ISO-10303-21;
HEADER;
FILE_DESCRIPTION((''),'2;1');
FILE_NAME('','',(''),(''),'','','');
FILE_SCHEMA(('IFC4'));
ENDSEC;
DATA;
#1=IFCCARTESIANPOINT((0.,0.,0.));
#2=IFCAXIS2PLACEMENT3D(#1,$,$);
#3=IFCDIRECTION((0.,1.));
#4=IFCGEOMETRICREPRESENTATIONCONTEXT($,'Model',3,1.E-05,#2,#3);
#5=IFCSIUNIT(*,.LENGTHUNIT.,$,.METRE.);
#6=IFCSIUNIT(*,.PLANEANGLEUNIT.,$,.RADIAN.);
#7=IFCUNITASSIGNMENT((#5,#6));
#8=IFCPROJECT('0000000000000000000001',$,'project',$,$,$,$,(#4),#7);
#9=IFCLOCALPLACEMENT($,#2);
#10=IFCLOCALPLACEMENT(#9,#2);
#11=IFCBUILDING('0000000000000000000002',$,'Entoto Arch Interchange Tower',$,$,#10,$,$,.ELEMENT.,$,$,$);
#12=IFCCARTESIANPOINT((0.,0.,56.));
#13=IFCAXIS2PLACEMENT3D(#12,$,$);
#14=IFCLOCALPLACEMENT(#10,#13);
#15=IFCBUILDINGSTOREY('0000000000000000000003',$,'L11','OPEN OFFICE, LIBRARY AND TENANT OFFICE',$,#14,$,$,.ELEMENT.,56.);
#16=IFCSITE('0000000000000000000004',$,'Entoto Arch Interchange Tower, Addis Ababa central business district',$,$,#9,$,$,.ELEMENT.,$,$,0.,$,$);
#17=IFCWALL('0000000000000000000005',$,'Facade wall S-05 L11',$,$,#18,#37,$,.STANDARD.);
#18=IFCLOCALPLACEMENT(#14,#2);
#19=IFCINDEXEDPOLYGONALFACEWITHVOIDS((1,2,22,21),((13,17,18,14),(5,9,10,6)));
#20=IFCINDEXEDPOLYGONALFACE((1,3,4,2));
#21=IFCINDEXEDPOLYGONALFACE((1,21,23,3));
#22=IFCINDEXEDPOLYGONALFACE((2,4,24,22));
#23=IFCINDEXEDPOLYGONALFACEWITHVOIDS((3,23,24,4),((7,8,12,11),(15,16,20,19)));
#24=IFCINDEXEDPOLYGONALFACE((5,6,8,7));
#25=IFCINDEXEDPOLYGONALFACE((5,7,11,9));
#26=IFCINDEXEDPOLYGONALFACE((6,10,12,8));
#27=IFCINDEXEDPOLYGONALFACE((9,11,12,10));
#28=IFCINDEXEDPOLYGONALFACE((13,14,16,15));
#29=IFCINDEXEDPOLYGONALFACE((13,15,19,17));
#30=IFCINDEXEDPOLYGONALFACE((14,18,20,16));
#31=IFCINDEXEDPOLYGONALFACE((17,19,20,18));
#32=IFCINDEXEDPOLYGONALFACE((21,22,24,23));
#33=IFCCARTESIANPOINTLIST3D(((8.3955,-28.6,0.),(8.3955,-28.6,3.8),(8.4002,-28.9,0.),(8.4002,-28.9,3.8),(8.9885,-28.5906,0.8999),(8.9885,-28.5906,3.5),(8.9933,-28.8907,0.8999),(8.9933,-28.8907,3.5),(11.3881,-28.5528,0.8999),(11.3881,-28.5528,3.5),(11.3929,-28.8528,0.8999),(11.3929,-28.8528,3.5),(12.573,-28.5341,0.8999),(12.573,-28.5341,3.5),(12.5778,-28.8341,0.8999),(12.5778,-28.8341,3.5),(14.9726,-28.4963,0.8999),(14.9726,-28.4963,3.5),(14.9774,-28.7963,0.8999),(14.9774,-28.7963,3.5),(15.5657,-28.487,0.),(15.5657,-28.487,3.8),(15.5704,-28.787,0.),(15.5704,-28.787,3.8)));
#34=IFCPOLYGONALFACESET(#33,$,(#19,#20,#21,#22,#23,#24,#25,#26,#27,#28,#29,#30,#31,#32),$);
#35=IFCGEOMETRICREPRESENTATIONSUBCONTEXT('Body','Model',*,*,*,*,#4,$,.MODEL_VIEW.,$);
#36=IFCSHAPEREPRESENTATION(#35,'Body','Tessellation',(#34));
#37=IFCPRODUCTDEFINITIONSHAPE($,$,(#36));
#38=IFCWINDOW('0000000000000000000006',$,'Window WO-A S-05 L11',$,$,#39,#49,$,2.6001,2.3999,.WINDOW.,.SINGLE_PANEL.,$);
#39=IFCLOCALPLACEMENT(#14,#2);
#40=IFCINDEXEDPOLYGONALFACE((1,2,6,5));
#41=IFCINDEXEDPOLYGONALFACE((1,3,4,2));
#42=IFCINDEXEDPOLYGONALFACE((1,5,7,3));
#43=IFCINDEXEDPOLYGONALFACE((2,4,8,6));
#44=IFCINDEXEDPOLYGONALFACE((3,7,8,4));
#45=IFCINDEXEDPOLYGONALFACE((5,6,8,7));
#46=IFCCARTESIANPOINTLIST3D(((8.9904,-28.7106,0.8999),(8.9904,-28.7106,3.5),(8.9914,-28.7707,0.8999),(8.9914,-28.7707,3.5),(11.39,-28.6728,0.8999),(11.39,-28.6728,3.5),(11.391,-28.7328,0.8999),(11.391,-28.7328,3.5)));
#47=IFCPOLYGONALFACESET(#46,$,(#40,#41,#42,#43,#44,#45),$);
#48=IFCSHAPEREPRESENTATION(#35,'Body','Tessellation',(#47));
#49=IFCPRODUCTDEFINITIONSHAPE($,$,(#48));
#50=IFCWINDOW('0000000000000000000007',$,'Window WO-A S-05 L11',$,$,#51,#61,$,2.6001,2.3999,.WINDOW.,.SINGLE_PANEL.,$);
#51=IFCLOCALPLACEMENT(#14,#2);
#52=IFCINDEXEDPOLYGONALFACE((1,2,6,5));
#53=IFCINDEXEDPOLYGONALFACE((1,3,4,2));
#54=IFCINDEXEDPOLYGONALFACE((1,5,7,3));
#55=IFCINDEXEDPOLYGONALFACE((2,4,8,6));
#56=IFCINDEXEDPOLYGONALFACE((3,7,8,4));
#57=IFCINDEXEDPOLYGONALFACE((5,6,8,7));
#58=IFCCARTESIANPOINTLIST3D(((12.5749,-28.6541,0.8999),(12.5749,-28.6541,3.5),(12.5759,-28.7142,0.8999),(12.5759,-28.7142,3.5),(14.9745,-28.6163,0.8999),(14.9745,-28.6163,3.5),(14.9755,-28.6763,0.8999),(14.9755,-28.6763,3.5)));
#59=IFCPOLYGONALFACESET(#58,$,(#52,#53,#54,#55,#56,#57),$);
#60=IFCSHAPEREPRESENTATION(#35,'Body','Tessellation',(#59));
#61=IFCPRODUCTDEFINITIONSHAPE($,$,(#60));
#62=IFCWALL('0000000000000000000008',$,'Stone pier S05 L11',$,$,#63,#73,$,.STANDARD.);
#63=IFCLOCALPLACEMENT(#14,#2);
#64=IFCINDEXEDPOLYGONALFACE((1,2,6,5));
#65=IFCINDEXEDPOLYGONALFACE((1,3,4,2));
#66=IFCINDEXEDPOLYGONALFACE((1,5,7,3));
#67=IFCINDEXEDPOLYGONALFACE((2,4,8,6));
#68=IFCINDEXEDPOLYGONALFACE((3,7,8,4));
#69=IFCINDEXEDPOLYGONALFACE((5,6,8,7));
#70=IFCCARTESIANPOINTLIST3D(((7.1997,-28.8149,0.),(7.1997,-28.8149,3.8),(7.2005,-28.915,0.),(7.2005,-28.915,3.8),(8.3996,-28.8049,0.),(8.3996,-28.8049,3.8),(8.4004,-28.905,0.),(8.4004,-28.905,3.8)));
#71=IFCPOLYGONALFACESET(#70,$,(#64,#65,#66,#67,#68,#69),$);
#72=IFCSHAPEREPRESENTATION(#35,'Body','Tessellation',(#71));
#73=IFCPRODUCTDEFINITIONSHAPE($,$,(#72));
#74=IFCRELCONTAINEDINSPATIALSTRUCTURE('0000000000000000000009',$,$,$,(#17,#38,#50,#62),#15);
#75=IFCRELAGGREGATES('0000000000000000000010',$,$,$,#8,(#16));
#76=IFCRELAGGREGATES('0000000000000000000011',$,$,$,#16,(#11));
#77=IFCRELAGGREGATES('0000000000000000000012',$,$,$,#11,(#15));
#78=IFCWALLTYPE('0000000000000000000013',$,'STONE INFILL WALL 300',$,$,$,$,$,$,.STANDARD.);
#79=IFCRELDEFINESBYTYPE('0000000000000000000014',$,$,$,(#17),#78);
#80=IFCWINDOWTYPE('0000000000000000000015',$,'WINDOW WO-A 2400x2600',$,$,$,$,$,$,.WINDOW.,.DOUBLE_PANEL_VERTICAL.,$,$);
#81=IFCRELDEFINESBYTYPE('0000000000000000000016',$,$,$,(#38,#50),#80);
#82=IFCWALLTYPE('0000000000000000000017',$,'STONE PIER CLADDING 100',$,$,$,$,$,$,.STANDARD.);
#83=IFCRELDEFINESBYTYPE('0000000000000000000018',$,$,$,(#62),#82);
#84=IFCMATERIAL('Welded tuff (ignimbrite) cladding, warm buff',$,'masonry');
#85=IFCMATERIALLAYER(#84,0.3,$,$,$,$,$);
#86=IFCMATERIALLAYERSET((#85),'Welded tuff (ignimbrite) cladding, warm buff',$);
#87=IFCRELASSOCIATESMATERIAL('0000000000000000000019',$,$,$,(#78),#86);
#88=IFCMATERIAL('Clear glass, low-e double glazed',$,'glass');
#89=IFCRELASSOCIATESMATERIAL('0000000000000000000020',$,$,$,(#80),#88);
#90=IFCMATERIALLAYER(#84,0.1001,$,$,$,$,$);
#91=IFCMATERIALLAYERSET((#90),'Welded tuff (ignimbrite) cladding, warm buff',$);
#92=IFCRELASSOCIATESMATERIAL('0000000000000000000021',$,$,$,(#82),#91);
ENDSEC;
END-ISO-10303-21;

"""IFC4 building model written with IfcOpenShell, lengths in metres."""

from ifc_helpers import new_model, si_unit, direction, frame, frame_2d, origin, place, context, subcontext, project, spatial, rectangle, extrude, material, layer, layer_set, type_object, element, fill, save


model = new_model("IFC4")

# Units and contexts
model_context = context("Model", 3, precision=1e-05, world=origin(), true_north=direction((0.0, 1.0)))
body_context = subcontext(model_context, "Body", "Model", "MODEL_VIEW")
ifc_project = project(units=[si_unit("LENGTHUNIT", "METRE"), si_unit("PLANEANGLEUNIT", "RADIAN")], contexts=[model_context])

# Site, building, storey
site_placement = place(None, origin())
site = spatial("IfcSite", under=ifc_project, at=site_placement, Name="Entoto Arch Interchange Tower, Addis Ababa central business district", CompositionType="ELEMENT", RefElevation=0.0)
building_placement = place(site_placement, origin())
building = spatial("IfcBuilding", under=site, at=building_placement, Name="Entoto Arch Interchange Tower", CompositionType="ELEMENT")
storey_placement = place(building_placement, frame((0.0, 0.0, 56.0)))
storey = spatial("IfcBuildingStorey", under=building, at=storey_placement, Name="L11", Description="OPEN OFFICE, LIBRARY AND TENANT OFFICE", CompositionType="ELEMENT", Elevation=56.0)

# Shared definitions
ifc_material_1 = material(Name="Clear glass, low-e double glazed", Category="glass")

# Wall, openings, windows
ifc_material_2 = material(Name="Welded tuff (ignimbrite) cladding, warm buff", Category="masonry")
ifc_layer_1 = layer(ifc_material_2, 0.3)
ifc_layer_set_1 = layer_set([ifc_layer_1], Name="Welded tuff (ignimbrite) cladding, warm buff")
wall_type_1 = type_object("IfcWallType", Name="STONE INFILL WALL 300", PredefinedType="STANDARD", material=ifc_layer_set_1)
wall_1_placement = place(storey_placement, frame((8.3979, -28.75, 0.0), z_axis=(0.0, 0.0, 1.0), x_axis=(0.999876, 0.015763, 0.0)))
wall_1 = element("IfcWall", 1, at=wall_1_placement, inside=storey, type_object=wall_type_1, Name="Facade wall S-05 L11", PredefinedType="STANDARD", context=body_context, shape_type="SweptSolid", body=[
    extrude(rectangle(XDim=7.1711, YDim=0.3, at=frame_2d((3.5854, 0.0))), origin(), (0.0, 0.0, 1.0), 3.8),
])
opening_1_placement = place(wall_1_placement, frame((0.593, 0.0, 0.8999)))
opening_1 = element("IfcOpeningElement", 2, at=opening_1_placement, cuts=wall_1, PredefinedType="OPENING", context=body_context, shape_type="SweptSolid", body=[
    extrude(rectangle(XDim=2.3999, YDim=2.6001, at=frame_2d((1.2, 1.3))), frame((0.0, 0.1602, 0.0), z_axis=(0.0, -1.0, 0.0), x_axis=(1.0, 0.0, 0.0)), (0.0, 0.0, 1.0), 0.3201),
])
opening_2_placement = place(wall_1_placement, frame((4.178, 0.0, 0.8999)))
opening_2 = element("IfcOpeningElement", 3, at=opening_2_placement, cuts=wall_1, PredefinedType="OPENING", context=body_context, shape_type="SweptSolid", body=[
    extrude(rectangle(XDim=2.3999, YDim=2.6001, at=frame_2d((1.2, 1.3))), frame((0.0, 0.1602, 0.0), z_axis=(0.0, -1.0, 0.0), x_axis=(1.0, 0.0, 0.0)), (0.0, 0.0, 1.0), 0.3201),
])
window_type = type_object("IfcWindowType", Name="WINDOW WO-A 2400x2600", PartitioningType="DOUBLE_PANEL_VERTICAL", PredefinedType="WINDOW", material=ifc_material_1)
window_1_placement = place(opening_1_placement, origin())
window_1 = element("IfcWindow", 4, at=window_1_placement, inside=storey, type_object=window_type, Name="Window WO-A S-05 L11", OverallHeight=2.6001, OverallWidth=2.3999, PartitioningType="SINGLE_PANEL", PredefinedType="WINDOW", context=body_context, shape_type="SweptSolid", body=[
    extrude(rectangle(XDim=2.3999, YDim=2.6001, at=frame_2d((1.2, 1.3))), frame((0.0, 0.03, 0.0), z_axis=(0.0, -1.0, 0.0), x_axis=(1.0, 0.0, 0.0)), (0.0, 0.0, 1.0), 0.0601),
])
fill(opening_1, window_1)
window_2_placement = place(opening_2_placement, origin())
window_2 = element("IfcWindow", 5, at=window_2_placement, inside=storey, type_object=window_type, Name="Window WO-A S-05 L11", OverallHeight=2.6001, OverallWidth=2.3999, PartitioningType="SINGLE_PANEL", PredefinedType="WINDOW", context=body_context, shape_type="SweptSolid", body=[
    extrude(rectangle(XDim=2.3999, YDim=2.6001, at=frame_2d((1.2, 1.3))), frame((0.0, 0.03, 0.0), z_axis=(0.0, -1.0, 0.0), x_axis=(1.0, 0.0, 0.0)), (0.0, 0.0, 1.0), 0.0601),
])
fill(opening_2, window_2)

# Wall
ifc_layer_2 = layer(ifc_material_2, 0.1001)
ifc_layer_set_2 = layer_set([ifc_layer_2], Name="Welded tuff (ignimbrite) cladding, warm buff")
wall_type_2 = type_object("IfcWallType", Name="STONE PIER CLADDING 100", PredefinedType="STANDARD", material=ifc_layer_set_2)
wall_2_placement = place(storey_placement, frame((7.2, -28.865, 0.0), z_axis=(0.0, 0.0, 1.0), x_axis=(0.999965, 0.008342, 0.0)))
element("IfcWall", 6, at=wall_2_placement, inside=storey, type_object=wall_type_2, Name="Stone pier S05 L11", PredefinedType="STANDARD", context=body_context, shape_type="SweptSolid", body=[
    extrude(rectangle(XDim=1.2, YDim=0.1001, at=frame_2d((0.6001, 0.0))), origin(), (0.0, 0.0, 1.0), 3.8),
])

save(model, "model.ifc")
